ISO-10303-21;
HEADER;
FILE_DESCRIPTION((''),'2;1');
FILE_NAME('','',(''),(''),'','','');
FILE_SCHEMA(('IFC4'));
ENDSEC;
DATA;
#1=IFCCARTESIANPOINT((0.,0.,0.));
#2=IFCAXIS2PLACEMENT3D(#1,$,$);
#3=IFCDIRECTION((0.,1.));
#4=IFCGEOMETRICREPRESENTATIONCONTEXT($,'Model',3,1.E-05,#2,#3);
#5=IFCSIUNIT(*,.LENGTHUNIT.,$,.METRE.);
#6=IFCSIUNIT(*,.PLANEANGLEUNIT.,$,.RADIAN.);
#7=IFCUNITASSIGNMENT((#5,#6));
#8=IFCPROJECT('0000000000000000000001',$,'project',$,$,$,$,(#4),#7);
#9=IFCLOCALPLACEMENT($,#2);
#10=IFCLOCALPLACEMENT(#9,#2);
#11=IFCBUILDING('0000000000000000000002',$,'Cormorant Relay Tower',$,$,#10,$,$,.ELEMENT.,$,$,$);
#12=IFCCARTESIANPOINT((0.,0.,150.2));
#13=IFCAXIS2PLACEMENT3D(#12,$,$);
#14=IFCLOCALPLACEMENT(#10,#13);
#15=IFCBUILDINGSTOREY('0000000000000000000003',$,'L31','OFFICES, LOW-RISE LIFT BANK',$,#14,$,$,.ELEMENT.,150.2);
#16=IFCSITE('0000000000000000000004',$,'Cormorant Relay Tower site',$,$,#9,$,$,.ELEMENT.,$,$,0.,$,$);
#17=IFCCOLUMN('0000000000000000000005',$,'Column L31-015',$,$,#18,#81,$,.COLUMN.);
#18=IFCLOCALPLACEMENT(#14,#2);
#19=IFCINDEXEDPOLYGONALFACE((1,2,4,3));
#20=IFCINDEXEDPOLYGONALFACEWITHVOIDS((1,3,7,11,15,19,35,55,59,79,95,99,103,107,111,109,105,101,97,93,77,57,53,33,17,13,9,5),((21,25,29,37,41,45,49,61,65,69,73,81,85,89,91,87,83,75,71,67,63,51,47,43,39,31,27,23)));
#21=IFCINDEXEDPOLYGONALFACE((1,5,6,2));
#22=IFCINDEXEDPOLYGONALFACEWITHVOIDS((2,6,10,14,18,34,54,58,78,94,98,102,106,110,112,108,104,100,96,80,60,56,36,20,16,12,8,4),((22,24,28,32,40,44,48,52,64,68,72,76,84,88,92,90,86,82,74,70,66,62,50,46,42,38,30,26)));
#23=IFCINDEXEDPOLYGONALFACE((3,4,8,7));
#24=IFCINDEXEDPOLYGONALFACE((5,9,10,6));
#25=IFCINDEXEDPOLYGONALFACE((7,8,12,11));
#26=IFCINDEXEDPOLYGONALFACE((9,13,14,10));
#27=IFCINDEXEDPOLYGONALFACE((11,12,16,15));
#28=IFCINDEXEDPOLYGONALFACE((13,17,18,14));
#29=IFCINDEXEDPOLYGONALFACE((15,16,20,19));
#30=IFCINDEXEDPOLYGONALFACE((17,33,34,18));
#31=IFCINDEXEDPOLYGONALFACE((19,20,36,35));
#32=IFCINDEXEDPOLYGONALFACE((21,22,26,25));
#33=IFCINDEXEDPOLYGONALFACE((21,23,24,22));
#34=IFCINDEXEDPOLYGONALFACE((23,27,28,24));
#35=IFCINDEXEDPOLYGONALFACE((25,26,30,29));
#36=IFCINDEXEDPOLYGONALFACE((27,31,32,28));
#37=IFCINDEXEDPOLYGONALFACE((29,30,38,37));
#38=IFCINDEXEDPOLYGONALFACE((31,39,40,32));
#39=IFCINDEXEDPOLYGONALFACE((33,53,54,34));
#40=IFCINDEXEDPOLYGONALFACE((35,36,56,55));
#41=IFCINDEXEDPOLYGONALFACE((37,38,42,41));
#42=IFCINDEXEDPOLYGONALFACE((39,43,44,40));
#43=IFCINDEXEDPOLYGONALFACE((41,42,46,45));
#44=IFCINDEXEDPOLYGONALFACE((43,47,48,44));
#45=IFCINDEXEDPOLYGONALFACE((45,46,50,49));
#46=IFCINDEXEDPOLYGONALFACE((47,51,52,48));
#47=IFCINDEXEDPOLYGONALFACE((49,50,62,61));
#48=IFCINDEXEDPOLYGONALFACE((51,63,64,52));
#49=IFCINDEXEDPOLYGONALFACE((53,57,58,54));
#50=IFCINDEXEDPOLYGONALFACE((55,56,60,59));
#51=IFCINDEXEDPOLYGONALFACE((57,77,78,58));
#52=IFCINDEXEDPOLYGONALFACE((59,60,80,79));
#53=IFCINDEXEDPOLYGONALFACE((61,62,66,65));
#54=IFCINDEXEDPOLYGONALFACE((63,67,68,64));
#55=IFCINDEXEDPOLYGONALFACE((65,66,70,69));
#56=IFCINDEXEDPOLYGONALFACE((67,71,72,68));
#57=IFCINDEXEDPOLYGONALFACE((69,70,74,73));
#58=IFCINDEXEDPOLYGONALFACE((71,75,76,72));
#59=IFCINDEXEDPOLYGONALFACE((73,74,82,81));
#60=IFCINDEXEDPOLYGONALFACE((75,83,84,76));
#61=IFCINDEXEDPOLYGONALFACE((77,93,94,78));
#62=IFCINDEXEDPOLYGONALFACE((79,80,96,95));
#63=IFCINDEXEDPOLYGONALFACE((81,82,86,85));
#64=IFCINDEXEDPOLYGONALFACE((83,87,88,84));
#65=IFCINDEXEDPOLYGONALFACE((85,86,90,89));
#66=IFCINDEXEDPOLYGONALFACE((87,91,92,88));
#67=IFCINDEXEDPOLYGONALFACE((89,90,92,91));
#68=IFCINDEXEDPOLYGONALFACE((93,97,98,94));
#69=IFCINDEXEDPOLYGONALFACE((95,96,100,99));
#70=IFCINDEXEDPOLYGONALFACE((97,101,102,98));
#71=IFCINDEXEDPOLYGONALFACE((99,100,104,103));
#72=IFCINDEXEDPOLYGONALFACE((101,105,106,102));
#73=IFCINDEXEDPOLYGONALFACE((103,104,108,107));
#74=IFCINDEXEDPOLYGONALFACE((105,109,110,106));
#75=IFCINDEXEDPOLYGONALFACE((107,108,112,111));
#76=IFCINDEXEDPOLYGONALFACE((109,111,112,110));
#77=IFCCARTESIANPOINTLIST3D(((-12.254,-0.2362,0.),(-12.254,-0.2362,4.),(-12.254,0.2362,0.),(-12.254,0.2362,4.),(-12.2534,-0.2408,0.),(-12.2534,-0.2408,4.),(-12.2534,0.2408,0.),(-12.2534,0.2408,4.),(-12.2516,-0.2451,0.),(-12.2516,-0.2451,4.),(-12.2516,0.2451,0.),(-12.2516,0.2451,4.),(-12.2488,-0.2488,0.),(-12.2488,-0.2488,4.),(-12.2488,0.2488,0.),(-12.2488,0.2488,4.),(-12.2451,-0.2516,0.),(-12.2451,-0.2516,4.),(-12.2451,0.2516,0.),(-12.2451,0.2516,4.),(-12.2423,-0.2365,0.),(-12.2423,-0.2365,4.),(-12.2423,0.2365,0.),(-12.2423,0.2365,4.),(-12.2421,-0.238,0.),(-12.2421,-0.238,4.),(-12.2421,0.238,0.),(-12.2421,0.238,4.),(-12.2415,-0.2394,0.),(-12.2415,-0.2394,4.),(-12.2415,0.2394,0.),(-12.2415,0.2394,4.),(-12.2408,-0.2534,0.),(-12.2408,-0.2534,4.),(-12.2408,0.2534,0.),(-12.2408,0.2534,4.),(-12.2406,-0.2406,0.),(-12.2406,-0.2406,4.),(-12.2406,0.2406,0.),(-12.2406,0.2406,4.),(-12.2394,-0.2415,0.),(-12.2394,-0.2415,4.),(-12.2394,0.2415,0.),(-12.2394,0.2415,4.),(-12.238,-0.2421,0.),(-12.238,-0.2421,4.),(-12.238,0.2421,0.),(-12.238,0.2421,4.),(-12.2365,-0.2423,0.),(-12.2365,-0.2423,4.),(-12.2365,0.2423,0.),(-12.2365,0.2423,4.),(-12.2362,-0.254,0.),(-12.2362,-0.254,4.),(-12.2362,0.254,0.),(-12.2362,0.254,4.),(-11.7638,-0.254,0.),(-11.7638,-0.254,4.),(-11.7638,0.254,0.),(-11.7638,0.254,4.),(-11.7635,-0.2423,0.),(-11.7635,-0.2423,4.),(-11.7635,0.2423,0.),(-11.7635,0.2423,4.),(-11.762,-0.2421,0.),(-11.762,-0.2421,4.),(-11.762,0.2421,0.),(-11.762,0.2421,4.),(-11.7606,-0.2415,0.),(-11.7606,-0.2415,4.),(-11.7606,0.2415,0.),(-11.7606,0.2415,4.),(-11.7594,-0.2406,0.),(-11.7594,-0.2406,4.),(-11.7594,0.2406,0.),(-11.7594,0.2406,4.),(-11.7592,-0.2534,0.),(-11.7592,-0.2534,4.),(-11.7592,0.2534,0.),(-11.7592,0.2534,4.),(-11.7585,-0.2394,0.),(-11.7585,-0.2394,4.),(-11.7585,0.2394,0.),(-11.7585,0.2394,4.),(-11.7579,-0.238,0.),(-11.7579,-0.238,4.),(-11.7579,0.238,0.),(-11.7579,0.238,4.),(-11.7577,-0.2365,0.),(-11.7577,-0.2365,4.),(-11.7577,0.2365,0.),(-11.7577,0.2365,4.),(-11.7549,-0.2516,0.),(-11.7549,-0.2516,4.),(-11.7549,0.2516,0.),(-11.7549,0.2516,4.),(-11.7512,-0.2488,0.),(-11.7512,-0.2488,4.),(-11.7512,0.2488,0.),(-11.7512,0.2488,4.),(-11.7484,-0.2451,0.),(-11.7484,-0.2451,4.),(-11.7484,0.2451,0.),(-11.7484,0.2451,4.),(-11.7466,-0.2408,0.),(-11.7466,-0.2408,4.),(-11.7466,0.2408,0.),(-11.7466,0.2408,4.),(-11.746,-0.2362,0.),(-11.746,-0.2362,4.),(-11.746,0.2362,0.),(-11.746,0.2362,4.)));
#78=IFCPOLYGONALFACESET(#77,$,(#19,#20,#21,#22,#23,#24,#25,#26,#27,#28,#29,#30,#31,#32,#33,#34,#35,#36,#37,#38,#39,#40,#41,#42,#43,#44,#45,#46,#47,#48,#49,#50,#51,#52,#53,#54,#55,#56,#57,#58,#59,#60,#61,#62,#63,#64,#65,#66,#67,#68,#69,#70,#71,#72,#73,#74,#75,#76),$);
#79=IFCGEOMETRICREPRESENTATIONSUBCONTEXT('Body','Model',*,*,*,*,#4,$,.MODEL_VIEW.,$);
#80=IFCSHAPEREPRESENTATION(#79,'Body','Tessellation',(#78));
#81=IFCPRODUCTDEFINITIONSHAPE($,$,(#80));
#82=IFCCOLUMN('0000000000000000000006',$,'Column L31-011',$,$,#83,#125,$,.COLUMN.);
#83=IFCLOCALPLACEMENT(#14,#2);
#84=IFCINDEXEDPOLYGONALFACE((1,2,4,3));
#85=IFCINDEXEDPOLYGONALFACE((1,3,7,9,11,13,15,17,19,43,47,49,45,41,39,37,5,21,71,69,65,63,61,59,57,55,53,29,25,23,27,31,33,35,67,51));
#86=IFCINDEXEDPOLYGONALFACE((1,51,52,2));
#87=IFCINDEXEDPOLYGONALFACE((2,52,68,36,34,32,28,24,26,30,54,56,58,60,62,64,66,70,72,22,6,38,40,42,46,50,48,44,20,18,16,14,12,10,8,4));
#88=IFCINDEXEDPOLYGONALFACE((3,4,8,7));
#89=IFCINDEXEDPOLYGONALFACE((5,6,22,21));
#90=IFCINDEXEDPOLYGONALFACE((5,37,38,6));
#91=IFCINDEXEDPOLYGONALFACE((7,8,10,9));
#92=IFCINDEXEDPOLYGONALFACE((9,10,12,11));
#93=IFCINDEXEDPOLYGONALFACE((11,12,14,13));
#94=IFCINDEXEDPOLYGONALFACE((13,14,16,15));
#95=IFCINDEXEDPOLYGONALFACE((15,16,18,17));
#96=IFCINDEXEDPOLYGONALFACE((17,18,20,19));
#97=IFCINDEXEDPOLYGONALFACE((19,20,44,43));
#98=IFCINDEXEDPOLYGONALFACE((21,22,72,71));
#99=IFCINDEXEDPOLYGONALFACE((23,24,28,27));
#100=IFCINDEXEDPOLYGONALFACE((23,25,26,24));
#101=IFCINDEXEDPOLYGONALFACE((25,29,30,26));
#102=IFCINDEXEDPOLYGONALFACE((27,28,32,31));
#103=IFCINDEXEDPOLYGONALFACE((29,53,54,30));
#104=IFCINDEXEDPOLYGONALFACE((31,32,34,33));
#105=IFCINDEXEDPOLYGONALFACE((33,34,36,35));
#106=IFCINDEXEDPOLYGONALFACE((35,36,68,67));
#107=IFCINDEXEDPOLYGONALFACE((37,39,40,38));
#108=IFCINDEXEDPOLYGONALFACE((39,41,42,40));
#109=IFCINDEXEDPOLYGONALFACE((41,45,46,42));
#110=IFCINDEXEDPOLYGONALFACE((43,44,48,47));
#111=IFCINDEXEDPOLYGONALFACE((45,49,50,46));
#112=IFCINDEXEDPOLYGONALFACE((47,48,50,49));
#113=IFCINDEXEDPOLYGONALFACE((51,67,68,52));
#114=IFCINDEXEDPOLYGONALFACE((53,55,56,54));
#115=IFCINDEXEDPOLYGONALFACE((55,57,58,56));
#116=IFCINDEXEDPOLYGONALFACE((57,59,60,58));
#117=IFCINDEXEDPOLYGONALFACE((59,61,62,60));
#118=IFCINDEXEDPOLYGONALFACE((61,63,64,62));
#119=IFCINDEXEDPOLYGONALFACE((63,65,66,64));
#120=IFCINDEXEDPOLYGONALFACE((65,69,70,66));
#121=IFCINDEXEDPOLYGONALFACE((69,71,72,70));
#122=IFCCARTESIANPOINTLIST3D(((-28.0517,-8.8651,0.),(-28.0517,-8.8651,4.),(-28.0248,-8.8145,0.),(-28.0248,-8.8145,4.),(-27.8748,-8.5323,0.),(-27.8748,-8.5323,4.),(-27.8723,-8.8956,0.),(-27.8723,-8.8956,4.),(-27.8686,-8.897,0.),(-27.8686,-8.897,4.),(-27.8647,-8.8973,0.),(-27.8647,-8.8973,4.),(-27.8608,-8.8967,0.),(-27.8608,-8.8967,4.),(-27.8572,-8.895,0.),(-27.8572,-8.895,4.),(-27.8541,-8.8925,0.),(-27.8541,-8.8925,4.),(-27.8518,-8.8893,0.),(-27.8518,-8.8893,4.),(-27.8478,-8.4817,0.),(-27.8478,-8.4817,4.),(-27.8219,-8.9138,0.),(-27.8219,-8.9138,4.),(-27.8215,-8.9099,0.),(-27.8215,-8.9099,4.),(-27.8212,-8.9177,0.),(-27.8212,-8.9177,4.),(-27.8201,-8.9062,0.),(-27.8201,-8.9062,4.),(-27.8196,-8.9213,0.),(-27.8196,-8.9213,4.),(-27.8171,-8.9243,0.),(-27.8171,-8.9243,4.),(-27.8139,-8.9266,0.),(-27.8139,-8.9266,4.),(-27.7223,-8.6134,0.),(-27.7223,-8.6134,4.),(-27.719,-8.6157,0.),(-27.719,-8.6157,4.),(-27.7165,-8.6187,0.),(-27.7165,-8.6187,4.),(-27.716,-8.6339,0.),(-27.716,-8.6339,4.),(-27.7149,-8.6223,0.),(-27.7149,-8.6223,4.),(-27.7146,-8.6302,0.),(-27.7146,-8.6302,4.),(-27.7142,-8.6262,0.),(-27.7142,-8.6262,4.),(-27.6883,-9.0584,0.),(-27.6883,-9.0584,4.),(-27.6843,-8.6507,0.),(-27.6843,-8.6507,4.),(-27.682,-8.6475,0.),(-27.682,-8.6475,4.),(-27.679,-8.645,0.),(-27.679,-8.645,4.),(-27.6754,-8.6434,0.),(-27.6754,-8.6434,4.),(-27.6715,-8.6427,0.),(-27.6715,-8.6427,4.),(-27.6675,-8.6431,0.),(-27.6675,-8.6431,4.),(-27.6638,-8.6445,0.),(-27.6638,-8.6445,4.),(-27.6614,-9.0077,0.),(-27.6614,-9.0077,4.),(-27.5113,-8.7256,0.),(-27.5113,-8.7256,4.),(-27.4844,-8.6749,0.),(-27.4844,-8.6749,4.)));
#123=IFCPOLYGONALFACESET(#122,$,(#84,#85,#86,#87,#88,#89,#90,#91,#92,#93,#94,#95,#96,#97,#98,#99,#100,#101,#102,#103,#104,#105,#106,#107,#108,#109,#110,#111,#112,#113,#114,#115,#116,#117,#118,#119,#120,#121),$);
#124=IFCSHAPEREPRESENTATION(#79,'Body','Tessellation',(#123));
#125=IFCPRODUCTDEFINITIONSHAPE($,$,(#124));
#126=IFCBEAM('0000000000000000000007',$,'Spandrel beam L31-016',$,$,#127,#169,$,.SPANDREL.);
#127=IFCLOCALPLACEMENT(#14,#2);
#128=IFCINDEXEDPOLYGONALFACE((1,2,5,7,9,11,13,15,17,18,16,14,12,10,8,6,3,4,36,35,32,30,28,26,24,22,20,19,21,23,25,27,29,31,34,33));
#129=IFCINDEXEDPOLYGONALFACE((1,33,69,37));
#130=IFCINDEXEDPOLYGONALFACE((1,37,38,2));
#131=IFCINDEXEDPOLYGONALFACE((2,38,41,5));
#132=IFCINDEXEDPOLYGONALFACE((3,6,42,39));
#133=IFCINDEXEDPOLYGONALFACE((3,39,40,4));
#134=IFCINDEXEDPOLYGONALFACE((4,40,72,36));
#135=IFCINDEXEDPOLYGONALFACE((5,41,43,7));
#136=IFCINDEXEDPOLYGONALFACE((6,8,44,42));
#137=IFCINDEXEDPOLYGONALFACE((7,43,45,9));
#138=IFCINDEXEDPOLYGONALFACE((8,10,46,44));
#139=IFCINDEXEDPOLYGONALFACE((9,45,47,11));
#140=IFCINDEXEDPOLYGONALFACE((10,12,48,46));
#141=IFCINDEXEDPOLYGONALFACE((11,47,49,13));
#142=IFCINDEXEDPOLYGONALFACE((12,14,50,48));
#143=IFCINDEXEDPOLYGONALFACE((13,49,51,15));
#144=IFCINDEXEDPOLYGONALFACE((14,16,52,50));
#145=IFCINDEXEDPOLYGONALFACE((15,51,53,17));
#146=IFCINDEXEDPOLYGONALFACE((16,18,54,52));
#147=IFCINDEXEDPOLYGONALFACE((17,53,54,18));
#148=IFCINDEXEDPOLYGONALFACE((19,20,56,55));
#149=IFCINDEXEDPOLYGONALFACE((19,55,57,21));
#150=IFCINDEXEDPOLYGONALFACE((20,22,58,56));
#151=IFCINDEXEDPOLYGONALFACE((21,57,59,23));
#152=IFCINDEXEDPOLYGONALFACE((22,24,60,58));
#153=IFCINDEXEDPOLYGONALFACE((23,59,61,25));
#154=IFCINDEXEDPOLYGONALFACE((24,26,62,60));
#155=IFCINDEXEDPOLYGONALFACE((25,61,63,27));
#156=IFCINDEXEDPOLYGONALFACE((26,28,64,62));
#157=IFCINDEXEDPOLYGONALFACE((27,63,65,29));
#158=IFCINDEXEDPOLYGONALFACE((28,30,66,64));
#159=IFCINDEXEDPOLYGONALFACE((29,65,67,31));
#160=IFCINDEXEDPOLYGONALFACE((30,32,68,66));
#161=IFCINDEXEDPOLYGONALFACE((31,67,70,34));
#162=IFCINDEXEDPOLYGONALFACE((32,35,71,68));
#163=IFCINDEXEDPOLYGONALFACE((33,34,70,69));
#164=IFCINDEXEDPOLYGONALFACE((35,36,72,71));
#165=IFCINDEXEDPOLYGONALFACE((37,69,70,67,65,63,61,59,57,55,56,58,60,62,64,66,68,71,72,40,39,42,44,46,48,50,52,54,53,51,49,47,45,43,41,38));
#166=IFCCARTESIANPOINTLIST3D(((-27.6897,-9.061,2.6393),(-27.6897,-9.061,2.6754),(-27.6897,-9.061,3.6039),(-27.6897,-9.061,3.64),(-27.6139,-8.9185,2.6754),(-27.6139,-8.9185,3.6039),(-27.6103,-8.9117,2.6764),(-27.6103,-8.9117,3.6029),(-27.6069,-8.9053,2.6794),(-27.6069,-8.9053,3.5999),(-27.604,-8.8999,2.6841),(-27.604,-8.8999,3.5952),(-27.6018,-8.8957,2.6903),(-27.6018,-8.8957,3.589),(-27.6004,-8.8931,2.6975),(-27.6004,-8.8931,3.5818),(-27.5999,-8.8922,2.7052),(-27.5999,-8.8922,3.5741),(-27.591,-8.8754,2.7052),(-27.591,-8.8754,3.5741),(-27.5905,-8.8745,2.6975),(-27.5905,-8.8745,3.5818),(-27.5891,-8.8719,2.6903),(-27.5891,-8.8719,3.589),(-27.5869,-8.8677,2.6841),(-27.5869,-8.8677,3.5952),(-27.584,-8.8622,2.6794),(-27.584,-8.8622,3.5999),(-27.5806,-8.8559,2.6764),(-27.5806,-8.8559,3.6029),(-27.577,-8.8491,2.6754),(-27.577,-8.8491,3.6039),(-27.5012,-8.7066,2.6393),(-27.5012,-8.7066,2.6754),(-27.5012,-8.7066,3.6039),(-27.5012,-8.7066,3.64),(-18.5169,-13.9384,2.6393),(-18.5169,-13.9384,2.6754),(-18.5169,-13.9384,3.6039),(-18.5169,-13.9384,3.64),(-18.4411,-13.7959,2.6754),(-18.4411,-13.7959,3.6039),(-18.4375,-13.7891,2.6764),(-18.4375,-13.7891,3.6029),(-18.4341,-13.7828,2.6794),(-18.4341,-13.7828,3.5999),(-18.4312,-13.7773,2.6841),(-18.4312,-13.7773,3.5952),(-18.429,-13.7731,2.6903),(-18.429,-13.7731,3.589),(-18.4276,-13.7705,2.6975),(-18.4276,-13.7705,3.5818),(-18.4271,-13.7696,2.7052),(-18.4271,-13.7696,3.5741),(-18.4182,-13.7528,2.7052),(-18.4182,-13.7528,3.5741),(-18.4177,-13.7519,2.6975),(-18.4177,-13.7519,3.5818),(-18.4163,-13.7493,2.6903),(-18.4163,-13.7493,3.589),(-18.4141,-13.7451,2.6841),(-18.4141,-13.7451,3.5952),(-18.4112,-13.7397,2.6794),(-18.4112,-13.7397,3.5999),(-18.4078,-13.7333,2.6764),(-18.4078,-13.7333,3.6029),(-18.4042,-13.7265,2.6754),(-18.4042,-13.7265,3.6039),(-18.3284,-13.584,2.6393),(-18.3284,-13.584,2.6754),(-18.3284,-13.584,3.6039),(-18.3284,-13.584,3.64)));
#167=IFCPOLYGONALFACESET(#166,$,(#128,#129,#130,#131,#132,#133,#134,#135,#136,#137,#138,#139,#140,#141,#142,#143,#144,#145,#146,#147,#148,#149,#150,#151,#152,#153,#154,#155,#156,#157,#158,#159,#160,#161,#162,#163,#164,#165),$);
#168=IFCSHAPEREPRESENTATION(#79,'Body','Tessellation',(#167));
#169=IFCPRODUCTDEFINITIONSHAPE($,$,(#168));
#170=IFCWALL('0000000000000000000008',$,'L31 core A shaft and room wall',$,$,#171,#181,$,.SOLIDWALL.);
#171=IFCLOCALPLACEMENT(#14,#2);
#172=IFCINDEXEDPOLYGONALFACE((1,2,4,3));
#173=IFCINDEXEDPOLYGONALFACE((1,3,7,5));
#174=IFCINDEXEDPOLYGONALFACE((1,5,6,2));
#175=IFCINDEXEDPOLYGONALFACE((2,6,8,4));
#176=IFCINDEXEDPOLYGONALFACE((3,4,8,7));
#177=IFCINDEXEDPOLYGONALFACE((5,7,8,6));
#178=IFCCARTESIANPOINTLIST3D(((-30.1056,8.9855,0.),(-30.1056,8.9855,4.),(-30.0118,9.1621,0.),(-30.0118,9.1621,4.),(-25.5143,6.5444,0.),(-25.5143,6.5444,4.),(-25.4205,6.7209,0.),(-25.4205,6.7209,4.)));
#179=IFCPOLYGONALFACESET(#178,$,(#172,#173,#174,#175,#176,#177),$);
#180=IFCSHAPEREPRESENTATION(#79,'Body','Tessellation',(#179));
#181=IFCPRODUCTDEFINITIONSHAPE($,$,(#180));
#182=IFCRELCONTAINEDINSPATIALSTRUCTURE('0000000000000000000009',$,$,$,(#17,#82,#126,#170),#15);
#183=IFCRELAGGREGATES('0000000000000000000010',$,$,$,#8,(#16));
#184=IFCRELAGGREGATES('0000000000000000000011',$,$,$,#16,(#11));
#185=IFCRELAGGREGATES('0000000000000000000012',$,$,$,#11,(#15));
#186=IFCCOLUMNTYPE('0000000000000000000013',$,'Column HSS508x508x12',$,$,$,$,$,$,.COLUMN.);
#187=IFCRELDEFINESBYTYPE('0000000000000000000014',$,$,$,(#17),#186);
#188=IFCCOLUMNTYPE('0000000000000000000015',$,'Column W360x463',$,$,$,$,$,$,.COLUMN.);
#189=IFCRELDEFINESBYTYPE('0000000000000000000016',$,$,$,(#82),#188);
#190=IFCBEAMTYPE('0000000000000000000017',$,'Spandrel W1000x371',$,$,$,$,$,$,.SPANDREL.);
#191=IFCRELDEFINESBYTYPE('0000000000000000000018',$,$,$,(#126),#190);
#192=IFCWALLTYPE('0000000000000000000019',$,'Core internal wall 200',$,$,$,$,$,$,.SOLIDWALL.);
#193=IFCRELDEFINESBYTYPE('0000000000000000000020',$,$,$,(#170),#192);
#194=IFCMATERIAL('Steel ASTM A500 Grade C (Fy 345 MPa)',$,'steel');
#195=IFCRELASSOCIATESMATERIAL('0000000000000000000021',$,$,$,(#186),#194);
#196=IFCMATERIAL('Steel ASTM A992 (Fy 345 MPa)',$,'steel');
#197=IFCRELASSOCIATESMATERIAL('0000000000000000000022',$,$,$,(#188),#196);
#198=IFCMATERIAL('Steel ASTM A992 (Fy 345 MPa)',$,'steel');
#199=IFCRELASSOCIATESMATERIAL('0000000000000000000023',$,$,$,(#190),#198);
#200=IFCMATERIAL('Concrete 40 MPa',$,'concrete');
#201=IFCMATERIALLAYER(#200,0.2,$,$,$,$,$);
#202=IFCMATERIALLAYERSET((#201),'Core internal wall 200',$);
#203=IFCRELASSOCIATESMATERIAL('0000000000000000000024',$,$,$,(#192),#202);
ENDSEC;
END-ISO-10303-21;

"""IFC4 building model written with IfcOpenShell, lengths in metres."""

from ifc_helpers import new_model, si_unit, direction, frame, frame_2d, origin, origin_2d, place, context, subcontext, project, spatial, rectangle, hollow_rectangle, i_section, extrude, material, layer, layer_set, material_profile, profile_set, type_object, element, save


model = new_model("IFC4")

# Units and contexts
model_context = context("Model", 3, precision=1e-05, world=origin(), true_north=direction((0.0, 1.0)))
body_context = subcontext(model_context, "Body", "Model", "MODEL_VIEW")
ifc_project = project(units=[si_unit("LENGTHUNIT", "METRE"), si_unit("PLANEANGLEUNIT", "RADIAN")], contexts=[model_context])

# Site, building, storey
site_placement = place(None, origin())
site = spatial("IfcSite", under=ifc_project, at=site_placement, Name="Cormorant Relay Tower site", CompositionType="ELEMENT", RefElevation=0.0)
building_placement = place(site_placement, origin())
building = spatial("IfcBuilding", under=site, at=building_placement, Name="Cormorant Relay Tower", CompositionType="ELEMENT")
storey_placement = place(building_placement, frame((0.0, 0.0, 150.2)))
storey = spatial("IfcBuildingStorey", under=building, at=storey_placement, Name="L31", Description="OFFICES, LOW-RISE LIFT BANK", CompositionType="ELEMENT", Elevation=150.2)

# Columns
ifc_material_1 = material(Name="Steel ASTM A500 Grade C (Fy 345 MPa)", Category="steel")
ifc_material_profile_1 = material_profile(ifc_material_1, hollow_rectangle(XDim=0.5081, YDim=0.5081, WallThickness=0.0117, InnerFilletRadius=0.0059, OuterFilletRadius=0.0178, at=origin_2d()), Name="HSS508x508x12")
ifc_profile_set_1 = profile_set([ifc_material_profile_1], Name="Steel ASTM A500 Grade C (Fy 345 MPa)")
column_type_1 = type_object("IfcColumnType", Name="Column HSS508x508x12", PredefinedType="COLUMN", material=ifc_profile_set_1)
column_1_placement = place(storey_placement, frame((-12.0, 0.0, 0.0), z_axis=(0.0, 0.0, 1.0), x_axis=(1.0, 0.0, 0.0)))
element("IfcColumn", 1, at=column_1_placement, inside=storey, type_object=column_type_1, Name="Column L31-015", PredefinedType="COLUMN", context=body_context, shape_type="SweptSolid", body=[
    extrude(hollow_rectangle(XDim=0.5081, YDim=0.5081, WallThickness=0.0117, InnerFilletRadius=0.0059, OuterFilletRadius=0.0178, at=origin_2d()), origin(), (0.0, 0.0, 1.0), 4.0),
])
ifc_material_2 = material(Name="Steel ASTM A992 (Fy 345 MPa)", Category="steel")
ifc_material_profile_2 = material_profile(ifc_material_2, i_section(OverallWidth=0.4116, OverallDepth=0.4343, WebThickness=0.0359, FlangeThickness=0.0574, FilletRadius=0.0151, at=origin_2d()), Name="W360x463")
ifc_profile_set_2 = profile_set([ifc_material_profile_2], Name="Steel ASTM A992 (Fy 345 MPa)")
column_type_2 = type_object("IfcColumnType", Name="Column W360x463", PredefinedType="COLUMN", material=ifc_profile_set_2)
column_2_placement = place(storey_placement, frame((-27.7681, -8.77, 0.0), z_axis=(0.0, 0.0, 1.0), x_axis=(0.882948, -0.469472, 0.0)))
element("IfcColumn", 2, at=column_2_placement, inside=storey, type_object=column_type_2, Name="Column L31-011", PredefinedType="COLUMN", context=body_context, shape_type="SweptSolid", body=[
    extrude(i_section(OverallWidth=0.4116, OverallDepth=0.4343, WebThickness=0.0359, FlangeThickness=0.0574, FilletRadius=0.0151, at=origin_2d()), origin(), (0.0, 0.0, 1.0), 4.0),
])

# Beam
ifc_material_3 = material(Name="Steel ASTM A992 (Fy 345 MPa)", Category="steel")
ifc_material_profile_3 = material_profile(ifc_material_3, i_section(OverallWidth=0.4014, OverallDepth=1.0007, WebThickness=0.019, FlangeThickness=0.0361, FilletRadius=0.0298, at=origin_2d()), Name="W1000x371")
ifc_profile_set_3 = profile_set([ifc_material_profile_3], Name="Steel ASTM A992 (Fy 345 MPa)")
beam_type = type_object("IfcBeamType", Name="Spandrel W1000x371", PredefinedType="SPANDREL", material=ifc_profile_set_3)
beam_placement = place(storey_placement, frame((-27.5955, -8.8838, 3.1396), z_axis=(0.882942, -0.469483, 0.0), x_axis=(0.469483, 0.882942, 0.0)))
element("IfcBeam", 3, at=beam_placement, inside=storey, type_object=beam_type, Name="Spandrel beam L31-016", PredefinedType="SPANDREL", context=body_context, shape_type="SweptSolid", body=[
    extrude(i_section(OverallWidth=0.4014, OverallDepth=1.0007, WebThickness=0.019, FlangeThickness=0.0361, FilletRadius=0.0298, at=origin_2d()), origin(), (0.0, 0.0, 1.0), 10.3889),
])

# Wall
ifc_material_4 = material(Name="Concrete 40 MPa", Category="concrete")
ifc_layer_1 = layer(ifc_material_4, 0.2)
ifc_layer_set_1 = layer_set([ifc_layer_1], Name="Core internal wall 200")
wall_type_1 = type_object("IfcWallType", Name="Core internal wall 200", PredefinedType="SOLIDWALL", material=ifc_layer_set_1)
wall_1_placement = place(storey_placement, frame((-25.4673, 6.6326, 0.0), z_axis=(0.0, 0.0, 1.0), x_axis=(-0.882954, 0.46946, 0.0)))
element("IfcWall", 4, at=wall_1_placement, inside=storey, type_object=wall_type_1, Name="L31 core A shaft and room wall", PredefinedType="SOLIDWALL", context=body_context, shape_type="SweptSolid", body=[
    extrude(rectangle(XDim=5.2, YDim=0.2, at=frame_2d((2.6001, 0.0))), origin(), (0.0, 0.0, 1.0), 4.0),
])

save(model, "model.ifc")
